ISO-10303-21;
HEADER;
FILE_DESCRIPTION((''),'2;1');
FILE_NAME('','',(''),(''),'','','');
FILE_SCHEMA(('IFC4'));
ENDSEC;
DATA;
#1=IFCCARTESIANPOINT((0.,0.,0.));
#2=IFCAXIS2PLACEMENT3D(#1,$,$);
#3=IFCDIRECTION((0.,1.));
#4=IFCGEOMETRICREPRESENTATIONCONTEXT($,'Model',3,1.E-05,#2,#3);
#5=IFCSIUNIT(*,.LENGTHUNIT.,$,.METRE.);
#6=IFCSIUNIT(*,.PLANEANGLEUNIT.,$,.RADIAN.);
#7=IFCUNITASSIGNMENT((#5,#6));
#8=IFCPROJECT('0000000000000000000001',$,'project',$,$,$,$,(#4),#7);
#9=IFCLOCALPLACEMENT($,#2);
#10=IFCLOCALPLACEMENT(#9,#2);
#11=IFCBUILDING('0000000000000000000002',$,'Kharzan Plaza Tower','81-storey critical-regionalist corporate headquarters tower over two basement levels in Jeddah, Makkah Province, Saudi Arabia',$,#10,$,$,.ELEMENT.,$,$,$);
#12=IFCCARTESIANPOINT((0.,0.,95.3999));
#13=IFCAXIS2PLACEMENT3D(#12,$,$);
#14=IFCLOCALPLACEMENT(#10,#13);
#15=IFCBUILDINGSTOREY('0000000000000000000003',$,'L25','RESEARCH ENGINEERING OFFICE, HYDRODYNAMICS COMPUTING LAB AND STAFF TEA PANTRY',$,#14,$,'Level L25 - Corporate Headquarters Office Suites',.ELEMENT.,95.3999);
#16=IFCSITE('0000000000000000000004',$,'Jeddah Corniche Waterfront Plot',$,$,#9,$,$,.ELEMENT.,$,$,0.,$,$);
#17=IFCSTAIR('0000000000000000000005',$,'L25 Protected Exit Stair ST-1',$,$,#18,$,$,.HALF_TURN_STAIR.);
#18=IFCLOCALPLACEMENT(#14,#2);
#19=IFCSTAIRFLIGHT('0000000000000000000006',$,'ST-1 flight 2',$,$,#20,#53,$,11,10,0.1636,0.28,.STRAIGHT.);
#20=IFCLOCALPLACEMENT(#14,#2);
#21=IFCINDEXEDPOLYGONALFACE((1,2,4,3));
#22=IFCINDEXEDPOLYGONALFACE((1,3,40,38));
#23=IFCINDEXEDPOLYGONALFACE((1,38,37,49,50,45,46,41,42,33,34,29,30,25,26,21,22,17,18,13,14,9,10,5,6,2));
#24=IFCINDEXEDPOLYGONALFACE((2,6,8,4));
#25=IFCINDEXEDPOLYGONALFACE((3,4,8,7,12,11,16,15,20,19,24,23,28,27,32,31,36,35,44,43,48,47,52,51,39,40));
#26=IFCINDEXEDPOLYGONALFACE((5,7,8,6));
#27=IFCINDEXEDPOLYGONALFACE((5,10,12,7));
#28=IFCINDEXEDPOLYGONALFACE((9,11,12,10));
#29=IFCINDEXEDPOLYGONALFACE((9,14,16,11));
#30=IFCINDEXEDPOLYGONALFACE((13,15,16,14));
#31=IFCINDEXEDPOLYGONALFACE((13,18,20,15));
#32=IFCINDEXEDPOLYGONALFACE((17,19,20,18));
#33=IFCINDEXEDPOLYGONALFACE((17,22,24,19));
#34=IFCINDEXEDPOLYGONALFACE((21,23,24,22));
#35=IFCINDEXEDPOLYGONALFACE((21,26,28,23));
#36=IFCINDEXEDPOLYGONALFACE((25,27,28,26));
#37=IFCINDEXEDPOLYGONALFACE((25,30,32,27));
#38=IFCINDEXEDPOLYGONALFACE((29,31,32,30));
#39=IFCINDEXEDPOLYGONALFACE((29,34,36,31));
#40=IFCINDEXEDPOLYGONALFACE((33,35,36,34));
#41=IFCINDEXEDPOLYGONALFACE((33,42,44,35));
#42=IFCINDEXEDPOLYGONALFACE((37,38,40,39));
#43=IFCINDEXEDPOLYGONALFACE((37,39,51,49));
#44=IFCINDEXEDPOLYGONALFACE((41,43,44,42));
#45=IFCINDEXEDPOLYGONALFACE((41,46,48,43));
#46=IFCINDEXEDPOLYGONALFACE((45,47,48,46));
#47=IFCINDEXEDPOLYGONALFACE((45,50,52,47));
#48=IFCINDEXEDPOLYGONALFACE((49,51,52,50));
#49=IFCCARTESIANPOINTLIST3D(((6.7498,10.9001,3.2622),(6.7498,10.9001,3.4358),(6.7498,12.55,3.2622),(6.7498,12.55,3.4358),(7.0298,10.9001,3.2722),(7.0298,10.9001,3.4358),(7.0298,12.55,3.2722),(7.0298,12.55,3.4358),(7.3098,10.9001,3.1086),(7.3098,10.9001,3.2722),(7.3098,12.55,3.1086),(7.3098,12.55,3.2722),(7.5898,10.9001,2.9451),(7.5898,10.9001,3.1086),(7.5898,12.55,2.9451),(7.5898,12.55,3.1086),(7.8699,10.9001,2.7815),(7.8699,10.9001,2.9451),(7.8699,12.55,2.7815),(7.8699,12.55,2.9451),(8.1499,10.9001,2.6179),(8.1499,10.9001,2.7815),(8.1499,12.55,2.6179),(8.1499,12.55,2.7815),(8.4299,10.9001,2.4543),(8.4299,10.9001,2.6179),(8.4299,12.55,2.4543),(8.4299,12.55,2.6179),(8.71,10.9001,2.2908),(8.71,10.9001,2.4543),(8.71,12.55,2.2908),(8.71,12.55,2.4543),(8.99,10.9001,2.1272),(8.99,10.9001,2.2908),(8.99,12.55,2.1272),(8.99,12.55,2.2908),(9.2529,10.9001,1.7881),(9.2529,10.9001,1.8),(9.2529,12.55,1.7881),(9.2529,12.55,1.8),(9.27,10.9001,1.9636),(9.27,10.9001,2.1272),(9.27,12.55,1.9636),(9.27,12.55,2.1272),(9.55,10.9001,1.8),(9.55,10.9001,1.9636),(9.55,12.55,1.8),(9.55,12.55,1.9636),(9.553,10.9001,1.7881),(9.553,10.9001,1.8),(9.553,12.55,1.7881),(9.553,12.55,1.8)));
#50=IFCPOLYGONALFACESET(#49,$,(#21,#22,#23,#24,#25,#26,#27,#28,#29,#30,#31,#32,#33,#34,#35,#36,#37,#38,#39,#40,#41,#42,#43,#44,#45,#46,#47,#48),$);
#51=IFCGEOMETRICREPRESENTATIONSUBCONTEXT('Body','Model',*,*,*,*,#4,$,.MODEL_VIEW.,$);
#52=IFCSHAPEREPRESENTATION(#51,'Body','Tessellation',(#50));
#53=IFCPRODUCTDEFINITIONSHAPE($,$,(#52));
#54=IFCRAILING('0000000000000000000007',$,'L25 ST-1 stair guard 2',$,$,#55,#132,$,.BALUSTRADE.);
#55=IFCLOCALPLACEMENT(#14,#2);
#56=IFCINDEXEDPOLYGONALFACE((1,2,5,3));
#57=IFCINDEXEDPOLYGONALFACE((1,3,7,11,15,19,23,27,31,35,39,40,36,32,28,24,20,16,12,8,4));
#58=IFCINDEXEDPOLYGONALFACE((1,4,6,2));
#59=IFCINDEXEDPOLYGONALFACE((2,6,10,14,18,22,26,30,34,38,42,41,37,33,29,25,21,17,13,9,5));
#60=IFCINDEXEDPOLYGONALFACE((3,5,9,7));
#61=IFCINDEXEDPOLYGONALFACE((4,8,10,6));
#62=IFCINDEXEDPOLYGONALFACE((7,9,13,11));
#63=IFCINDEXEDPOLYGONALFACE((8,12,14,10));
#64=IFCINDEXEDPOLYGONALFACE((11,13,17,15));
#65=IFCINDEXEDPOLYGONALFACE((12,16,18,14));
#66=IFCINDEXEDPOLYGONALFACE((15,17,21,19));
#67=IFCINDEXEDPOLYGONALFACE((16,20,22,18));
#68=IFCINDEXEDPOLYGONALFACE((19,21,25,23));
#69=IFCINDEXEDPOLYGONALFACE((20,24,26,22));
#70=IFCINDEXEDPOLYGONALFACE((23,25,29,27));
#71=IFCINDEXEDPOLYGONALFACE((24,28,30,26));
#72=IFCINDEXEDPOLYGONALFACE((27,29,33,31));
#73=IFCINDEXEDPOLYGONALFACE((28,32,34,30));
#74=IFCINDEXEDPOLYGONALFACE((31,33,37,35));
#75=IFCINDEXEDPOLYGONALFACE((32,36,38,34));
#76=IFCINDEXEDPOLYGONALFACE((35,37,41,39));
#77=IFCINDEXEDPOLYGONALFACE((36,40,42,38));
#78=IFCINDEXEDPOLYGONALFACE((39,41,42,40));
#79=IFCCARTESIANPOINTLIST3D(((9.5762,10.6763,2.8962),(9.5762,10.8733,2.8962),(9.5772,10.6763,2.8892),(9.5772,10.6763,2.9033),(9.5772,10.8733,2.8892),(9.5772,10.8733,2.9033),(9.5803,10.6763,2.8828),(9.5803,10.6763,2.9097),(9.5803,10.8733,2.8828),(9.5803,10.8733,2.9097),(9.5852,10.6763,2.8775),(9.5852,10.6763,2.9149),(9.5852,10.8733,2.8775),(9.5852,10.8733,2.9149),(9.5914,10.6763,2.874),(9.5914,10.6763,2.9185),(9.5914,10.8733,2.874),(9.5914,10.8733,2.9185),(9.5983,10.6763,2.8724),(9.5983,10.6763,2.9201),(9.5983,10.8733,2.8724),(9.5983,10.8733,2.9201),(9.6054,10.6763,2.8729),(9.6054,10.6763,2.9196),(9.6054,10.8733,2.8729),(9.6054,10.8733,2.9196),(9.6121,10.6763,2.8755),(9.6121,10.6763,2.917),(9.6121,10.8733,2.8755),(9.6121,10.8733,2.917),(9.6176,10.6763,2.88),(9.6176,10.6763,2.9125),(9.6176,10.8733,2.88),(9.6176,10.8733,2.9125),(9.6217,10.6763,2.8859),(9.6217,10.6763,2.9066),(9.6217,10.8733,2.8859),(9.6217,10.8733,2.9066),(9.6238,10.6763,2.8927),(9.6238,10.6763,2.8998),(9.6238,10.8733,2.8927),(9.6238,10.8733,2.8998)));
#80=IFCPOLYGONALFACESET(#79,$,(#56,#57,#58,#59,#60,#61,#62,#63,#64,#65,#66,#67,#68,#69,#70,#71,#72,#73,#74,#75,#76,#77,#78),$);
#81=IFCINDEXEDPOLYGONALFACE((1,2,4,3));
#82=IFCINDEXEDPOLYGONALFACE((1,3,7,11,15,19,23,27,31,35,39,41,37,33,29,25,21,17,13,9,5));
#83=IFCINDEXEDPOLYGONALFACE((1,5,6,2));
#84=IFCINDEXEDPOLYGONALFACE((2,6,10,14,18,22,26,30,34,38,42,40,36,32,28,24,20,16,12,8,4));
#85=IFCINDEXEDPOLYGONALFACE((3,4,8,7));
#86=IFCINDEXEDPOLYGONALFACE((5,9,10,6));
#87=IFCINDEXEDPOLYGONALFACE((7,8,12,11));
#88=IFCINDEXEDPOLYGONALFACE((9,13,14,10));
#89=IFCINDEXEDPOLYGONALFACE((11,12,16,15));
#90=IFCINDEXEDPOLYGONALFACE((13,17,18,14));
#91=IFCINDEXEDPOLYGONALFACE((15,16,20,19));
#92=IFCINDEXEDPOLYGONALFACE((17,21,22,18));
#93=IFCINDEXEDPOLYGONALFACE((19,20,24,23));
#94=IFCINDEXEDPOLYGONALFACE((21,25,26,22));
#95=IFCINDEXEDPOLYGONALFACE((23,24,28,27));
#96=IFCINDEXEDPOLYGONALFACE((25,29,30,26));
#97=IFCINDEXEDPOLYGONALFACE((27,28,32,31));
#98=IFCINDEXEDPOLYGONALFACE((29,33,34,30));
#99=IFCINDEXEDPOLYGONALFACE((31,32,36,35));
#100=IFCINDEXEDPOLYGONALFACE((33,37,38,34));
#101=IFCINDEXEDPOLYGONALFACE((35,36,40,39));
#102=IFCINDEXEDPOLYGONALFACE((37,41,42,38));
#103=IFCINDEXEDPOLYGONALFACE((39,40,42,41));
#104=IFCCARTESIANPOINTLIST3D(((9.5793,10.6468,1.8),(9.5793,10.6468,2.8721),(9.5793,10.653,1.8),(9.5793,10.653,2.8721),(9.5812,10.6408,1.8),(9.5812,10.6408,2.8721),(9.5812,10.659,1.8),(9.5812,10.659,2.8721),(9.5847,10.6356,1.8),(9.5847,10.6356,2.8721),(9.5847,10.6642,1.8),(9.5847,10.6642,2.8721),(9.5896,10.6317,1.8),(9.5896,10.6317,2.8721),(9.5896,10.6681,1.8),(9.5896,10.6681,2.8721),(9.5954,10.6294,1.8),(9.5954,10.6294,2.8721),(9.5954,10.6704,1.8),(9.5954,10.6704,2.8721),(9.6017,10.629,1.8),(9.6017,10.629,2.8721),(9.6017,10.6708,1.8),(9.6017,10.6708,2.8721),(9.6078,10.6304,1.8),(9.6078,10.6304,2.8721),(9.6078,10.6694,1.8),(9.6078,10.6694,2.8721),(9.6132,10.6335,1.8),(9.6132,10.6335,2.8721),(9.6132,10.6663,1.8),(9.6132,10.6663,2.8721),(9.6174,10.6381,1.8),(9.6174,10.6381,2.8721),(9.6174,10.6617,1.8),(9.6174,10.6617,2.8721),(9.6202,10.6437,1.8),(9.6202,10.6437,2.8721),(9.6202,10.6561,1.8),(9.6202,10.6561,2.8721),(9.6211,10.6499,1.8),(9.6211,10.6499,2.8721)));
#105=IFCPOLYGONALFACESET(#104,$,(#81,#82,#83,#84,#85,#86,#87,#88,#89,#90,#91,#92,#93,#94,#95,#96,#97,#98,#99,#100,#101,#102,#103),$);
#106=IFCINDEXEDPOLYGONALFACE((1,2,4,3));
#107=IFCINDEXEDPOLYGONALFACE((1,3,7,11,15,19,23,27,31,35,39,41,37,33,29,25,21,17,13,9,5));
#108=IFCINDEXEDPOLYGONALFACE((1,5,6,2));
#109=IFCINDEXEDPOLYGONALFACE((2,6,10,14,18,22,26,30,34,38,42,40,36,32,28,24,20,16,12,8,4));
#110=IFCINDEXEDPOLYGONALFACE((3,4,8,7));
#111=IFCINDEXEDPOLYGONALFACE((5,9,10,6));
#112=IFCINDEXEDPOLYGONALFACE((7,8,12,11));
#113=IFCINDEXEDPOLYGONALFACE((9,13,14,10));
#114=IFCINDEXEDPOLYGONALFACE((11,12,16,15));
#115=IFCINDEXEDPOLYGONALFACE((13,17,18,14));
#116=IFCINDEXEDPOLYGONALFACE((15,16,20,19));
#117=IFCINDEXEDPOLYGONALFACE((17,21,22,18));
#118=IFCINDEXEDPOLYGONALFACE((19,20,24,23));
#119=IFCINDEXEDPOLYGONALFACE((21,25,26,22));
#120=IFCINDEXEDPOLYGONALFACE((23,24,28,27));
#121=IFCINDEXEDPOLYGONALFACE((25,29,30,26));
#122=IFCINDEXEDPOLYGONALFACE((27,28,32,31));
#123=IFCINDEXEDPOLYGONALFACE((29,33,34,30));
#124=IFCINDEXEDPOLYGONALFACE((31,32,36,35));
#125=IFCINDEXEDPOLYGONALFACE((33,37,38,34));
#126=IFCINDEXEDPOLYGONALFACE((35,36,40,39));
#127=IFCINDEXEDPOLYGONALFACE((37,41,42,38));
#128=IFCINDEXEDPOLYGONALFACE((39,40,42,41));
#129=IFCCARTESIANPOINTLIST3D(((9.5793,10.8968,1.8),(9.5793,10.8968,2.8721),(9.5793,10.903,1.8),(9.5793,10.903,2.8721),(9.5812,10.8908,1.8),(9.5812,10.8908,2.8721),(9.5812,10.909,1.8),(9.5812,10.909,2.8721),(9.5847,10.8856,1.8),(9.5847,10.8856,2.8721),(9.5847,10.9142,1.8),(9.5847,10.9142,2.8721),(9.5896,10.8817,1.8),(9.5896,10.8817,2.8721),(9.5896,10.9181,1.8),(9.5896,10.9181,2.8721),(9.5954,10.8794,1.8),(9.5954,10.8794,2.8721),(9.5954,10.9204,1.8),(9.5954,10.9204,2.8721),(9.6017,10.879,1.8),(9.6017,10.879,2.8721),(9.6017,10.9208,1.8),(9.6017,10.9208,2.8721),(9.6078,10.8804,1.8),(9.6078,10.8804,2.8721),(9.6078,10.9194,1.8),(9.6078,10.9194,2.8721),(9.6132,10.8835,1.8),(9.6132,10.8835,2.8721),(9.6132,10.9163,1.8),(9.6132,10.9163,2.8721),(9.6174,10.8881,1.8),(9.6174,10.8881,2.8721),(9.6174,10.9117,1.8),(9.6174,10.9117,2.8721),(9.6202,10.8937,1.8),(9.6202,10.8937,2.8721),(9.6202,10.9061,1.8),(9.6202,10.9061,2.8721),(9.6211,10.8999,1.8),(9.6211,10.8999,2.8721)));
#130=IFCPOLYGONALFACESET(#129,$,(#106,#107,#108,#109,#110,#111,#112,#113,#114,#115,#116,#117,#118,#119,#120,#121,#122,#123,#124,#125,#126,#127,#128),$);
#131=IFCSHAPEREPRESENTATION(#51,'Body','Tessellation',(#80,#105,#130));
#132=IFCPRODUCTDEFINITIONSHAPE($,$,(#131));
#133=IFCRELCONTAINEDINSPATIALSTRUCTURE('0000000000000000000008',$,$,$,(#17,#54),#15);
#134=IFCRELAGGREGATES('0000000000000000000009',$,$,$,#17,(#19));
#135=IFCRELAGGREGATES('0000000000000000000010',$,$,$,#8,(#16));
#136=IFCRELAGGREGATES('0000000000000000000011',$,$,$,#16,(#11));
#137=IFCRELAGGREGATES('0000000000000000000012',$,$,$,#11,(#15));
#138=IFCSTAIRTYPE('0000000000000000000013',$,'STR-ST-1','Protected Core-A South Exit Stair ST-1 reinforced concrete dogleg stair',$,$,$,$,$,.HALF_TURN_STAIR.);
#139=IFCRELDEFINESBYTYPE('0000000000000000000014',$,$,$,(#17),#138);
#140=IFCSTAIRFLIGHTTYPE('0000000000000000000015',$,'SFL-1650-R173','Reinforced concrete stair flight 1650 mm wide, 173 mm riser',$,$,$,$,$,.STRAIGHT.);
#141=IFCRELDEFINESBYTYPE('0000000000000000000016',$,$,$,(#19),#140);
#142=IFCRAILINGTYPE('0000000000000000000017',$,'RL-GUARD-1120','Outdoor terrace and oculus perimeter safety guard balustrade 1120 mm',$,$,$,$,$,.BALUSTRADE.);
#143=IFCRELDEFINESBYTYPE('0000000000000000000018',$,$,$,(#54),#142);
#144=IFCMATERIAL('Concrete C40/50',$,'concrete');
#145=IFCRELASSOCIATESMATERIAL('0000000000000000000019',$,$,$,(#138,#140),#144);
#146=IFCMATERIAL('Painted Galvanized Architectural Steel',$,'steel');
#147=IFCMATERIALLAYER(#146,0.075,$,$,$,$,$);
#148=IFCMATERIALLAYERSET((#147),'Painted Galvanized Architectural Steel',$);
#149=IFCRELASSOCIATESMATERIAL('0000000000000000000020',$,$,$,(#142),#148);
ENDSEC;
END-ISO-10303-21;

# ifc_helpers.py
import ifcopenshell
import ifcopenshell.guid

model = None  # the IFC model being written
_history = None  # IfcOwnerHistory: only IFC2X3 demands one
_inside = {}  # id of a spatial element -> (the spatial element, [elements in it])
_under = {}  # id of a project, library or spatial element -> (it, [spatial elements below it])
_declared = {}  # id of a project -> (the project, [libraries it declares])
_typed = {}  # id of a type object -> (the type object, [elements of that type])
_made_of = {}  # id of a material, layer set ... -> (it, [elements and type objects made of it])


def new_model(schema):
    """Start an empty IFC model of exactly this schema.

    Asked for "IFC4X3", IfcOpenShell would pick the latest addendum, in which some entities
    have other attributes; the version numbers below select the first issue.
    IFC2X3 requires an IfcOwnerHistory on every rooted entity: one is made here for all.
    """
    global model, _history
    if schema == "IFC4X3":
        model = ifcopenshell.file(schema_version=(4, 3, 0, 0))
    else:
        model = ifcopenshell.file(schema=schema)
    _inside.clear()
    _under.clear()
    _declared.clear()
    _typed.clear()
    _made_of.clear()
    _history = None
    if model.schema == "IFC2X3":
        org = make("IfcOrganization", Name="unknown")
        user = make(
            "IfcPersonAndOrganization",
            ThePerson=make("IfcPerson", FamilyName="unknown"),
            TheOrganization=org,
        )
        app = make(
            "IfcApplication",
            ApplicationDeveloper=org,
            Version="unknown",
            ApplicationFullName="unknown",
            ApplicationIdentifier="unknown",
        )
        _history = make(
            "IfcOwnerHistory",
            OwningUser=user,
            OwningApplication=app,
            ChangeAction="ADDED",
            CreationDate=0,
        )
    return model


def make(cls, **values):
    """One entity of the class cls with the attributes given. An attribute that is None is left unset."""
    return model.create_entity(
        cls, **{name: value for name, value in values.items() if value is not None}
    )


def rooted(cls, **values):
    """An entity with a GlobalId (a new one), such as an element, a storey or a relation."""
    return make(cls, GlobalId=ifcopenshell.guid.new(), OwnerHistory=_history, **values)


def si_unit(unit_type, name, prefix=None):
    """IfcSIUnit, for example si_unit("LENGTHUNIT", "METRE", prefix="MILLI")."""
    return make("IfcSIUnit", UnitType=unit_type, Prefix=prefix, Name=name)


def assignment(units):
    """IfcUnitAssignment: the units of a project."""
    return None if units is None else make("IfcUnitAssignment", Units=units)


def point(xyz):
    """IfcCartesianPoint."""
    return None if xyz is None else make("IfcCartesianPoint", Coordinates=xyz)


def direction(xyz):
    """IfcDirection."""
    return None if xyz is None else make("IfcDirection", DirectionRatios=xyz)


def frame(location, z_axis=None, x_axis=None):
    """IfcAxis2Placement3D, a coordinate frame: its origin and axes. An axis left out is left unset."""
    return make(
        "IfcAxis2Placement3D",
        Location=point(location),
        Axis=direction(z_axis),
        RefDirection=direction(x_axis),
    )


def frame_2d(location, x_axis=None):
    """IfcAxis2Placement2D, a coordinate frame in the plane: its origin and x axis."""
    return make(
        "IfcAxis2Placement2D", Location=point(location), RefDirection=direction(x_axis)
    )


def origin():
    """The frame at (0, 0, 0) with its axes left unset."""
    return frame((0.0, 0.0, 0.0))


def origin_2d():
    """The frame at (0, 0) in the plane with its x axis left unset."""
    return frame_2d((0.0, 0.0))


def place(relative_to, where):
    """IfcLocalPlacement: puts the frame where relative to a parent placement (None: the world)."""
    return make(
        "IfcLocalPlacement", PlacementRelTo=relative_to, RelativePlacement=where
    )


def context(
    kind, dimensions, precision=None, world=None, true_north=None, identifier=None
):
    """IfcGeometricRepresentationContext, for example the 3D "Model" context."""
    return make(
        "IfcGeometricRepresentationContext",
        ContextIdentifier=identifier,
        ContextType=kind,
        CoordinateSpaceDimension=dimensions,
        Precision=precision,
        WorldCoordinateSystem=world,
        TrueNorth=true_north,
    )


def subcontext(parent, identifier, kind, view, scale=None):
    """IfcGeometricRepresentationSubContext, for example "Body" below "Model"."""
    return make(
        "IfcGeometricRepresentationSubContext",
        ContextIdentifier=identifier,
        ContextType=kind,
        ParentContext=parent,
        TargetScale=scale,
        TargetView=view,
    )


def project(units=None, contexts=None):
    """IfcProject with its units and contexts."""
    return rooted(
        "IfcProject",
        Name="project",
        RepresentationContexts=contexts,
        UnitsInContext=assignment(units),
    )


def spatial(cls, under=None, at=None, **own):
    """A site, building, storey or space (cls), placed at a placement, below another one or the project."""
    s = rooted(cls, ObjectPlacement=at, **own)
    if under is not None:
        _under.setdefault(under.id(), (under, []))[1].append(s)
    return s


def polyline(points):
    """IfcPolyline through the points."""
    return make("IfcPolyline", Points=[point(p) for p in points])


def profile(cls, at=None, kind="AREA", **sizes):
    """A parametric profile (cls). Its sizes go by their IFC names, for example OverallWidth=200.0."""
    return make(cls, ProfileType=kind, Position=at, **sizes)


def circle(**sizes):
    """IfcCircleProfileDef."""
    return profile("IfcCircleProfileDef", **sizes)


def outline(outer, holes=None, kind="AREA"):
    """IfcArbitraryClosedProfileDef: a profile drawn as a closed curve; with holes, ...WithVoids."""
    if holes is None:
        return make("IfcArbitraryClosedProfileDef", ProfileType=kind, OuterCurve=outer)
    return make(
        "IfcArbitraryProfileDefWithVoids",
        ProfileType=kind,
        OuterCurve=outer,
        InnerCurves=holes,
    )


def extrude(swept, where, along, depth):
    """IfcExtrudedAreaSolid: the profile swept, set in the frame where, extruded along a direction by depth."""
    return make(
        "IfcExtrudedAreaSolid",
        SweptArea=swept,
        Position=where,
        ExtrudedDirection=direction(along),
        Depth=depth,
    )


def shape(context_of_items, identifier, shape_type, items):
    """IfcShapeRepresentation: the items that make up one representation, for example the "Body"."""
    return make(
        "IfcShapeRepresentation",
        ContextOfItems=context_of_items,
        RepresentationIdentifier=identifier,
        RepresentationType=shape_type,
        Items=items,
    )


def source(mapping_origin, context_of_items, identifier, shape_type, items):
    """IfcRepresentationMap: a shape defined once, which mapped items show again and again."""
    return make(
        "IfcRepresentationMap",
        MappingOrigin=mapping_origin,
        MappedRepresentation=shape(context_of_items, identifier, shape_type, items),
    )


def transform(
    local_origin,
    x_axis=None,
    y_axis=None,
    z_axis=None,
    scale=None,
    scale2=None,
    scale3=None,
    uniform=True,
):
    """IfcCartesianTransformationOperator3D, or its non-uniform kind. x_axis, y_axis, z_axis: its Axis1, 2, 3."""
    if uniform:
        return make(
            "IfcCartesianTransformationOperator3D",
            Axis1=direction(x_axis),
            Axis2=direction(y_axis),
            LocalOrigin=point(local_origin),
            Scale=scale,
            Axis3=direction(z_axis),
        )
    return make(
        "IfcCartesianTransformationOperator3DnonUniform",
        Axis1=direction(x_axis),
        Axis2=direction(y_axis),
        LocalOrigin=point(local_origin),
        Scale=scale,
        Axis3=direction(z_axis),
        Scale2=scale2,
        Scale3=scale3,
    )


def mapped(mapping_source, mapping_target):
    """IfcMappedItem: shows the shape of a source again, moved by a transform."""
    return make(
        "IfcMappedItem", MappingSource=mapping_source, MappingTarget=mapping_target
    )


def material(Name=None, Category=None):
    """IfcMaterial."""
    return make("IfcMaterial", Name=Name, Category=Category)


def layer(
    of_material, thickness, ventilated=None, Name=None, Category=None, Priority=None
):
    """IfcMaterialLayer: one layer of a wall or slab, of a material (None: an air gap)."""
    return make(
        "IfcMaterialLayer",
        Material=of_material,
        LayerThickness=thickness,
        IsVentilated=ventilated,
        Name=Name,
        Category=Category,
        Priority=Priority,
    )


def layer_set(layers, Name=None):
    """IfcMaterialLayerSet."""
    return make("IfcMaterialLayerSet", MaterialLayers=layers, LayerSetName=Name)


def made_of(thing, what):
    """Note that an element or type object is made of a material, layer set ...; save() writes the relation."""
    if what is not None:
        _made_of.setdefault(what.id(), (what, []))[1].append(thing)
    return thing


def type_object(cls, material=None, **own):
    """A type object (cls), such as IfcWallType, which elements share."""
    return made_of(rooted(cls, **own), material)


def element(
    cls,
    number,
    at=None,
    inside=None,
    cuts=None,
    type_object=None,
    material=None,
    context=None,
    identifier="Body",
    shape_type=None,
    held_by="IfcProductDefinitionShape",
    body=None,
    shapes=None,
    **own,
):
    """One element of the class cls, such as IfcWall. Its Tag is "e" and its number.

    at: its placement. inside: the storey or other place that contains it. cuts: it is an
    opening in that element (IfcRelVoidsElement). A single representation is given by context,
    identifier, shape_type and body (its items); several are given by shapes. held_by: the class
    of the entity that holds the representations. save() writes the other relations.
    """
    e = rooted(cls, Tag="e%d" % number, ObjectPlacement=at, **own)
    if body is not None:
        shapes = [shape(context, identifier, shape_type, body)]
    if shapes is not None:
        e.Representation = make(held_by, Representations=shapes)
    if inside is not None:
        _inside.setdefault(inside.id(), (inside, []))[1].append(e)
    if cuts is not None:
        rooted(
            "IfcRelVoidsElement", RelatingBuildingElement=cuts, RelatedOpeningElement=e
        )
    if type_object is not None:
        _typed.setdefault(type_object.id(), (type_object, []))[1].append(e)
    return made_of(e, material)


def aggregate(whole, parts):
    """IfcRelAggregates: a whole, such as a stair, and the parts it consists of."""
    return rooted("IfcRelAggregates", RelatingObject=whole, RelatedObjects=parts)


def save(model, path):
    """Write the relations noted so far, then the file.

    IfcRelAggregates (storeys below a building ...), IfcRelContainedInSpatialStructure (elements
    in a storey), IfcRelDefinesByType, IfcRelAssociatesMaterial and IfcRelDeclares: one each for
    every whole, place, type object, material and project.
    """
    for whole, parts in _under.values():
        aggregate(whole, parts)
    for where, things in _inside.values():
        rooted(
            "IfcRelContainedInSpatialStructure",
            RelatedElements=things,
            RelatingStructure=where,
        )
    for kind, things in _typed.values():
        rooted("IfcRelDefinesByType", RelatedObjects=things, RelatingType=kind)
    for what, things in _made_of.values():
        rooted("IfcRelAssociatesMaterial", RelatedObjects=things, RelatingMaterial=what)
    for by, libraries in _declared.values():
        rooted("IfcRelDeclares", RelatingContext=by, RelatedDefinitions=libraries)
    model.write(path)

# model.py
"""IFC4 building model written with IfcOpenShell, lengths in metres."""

from ifc_helpers import new_model, si_unit, direction, frame, origin, origin_2d, place, context, subcontext, project, spatial, polyline, circle, outline, extrude, source, transform, mapped, material, layer, layer_set, type_object, element, aggregate, save


model = new_model("IFC4")

# Units and contexts
model_context = context("Model", 3, precision=1e-05, world=origin(), true_north=direction((0.0, 1.0)))
body_context = subcontext(model_context, "Body", "Model", "MODEL_VIEW")
ifc_project = project(units=[si_unit("LENGTHUNIT", "METRE"), si_unit("PLANEANGLEUNIT", "RADIAN")], contexts=[model_context])

# Site, building, storey
site_placement = place(None, origin())
site = spatial("IfcSite", under=ifc_project, at=site_placement, Name="Jeddah Corniche Waterfront Plot", CompositionType="ELEMENT", RefElevation=0.0)
building_placement = place(site_placement, origin())
building = spatial("IfcBuilding", under=site, at=building_placement, Name="Kharzan Plaza Tower", Description="81-storey critical-regionalist corporate headquarters tower over two basement levels in Jeddah, Makkah Province, Saudi Arabia", CompositionType="ELEMENT")
storey_placement = place(building_placement, frame((0.0, 0.0, 95.3999)))
storey = spatial("IfcBuildingStorey", under=building, at=storey_placement, Name="L25", Description="RESEARCH ENGINEERING OFFICE, HYDRODYNAMICS COMPUTING LAB AND STAFF TEA PANTRY", LongName="Level L25 - Corporate Headquarters Office Suites", CompositionType="ELEMENT", Elevation=95.3999)

# Shared definitions
ifc_material_1 = material(Name="Concrete C40/50", Category="concrete")

# Stair, stair flight
stair_type = type_object("IfcStairType", Name="STR-ST-1", Description="Protected Core-A South Exit Stair ST-1 reinforced concrete dogleg stair", PredefinedType="HALF_TURN_STAIR", material=ifc_material_1)
stair_placement = place(storey_placement, origin())
stair = element("IfcStair", 1, at=stair_placement, inside=storey, type_object=stair_type, Name="L25 Protected Exit Stair ST-1", PredefinedType="HALF_TURN_STAIR")
stair_flight_type = type_object("IfcStairFlightType", Name="SFL-1650-R173", Description="Reinforced concrete stair flight 1650 mm wide, 173 mm riser", PredefinedType="STRAIGHT", material=ifc_material_1)
shared_shape_1 = source(origin(), body_context, "Body", "SweptSolid", [
    extrude(outline(polyline([(-0.0029, -0.012), (-0.0029, 0.0), (0.0, 0.0), (0.0, 0.1636), (0.28, 0.1636), (0.28, 0.3271), (0.5601, 0.3271), (0.5601, 0.4907), (0.8401, 0.4907), (0.8401, 0.6543), (1.1201, 0.6543), (1.1201, 0.8179), (1.4001, 0.8179), (1.4001, 0.9814), (1.6802, 0.9814), (1.6802, 1.145), (1.9602, 1.145), (1.9602, 1.3086), (2.2402, 1.3086), (2.2402, 1.4722), (2.5203, 1.4722), (2.5203, 1.6357), (2.8003, 1.6357), (2.8003, 1.7993), (2.8003, 1.4622), (0.2971, 0.0), (0.2971, -0.012), (-0.0029, -0.012)])), frame((0.0, 0.825, 0.0), z_axis=(0.0, -1.0, 0.0), x_axis=(1.0, 0.0, 0.0)), (0.0, 0.0, 1.0), 1.6499),
])
stair_flight_placement = place(storey_placement, frame((9.55, 11.7251, 1.8), z_axis=(0.0, 0.0, 1.0), x_axis=(-1.0, 0.0, 0.0)))
stair_flight = element("IfcStairFlight", 2, at=stair_flight_placement, type_object=stair_flight_type, Name="ST-1 flight 2", NumberOfRisers=11, NumberOfTreads=10, PredefinedType="STRAIGHT", RiserHeight=0.1636, TreadLength=0.28, context=body_context, shape_type="MappedRepresentation", body=[
    mapped(shared_shape_1, transform((0.0, 0.0, 0.0), x_axis=(1.0, 0.0, 0.0), y_axis=(0.0, 1.0, 0.0), z_axis=(0.0, 0.0, 1.0))),
])
aggregate(stair, [stair_flight])

# Railing
ifc_material_2 = material(Name="Painted Galvanized Architectural Steel", Category="steel")
ifc_layer_1 = layer(ifc_material_2, 0.075)
ifc_layer_set_1 = layer_set([ifc_layer_1], Name="Painted Galvanized Architectural Steel")
railing_type_1 = type_object("IfcRailingType", Name="RL-GUARD-1120", Description="Outdoor terrace and oculus perimeter safety guard balustrade 1120 mm", PredefinedType="BALUSTRADE", material=ifc_layer_set_1)
shared_shape_2 = source(origin(), body_context, "Body", "SweptSolid", [
    extrude(circle(Radius=0.0239, at=origin_2d()), frame((0.0, 0.0264, 1.0962), z_axis=(0.0, 1.0, 0.0), x_axis=(-1.0, 0.0, 0.0)), (0.0, 0.0, 1.0), 0.197),
    extrude(circle(Radius=0.021, at=origin_2d()), origin(), (0.0, 0.0, 1.0), 1.072),
    extrude(circle(Radius=0.021, at=origin_2d()), frame((0.0, 0.25, 0.0)), (0.0, 0.0, 1.0), 1.072),
])
railing_1_placement = place(storey_placement, frame((9.6001, 10.6499, 1.8)))
element("IfcRailing", 3, at=railing_1_placement, inside=storey, type_object=railing_type_1, Name="L25 ST-1 stair guard 2", PredefinedType="BALUSTRADE", context=body_context, shape_type="MappedRepresentation", body=[
    mapped(shared_shape_2, transform((0.0, 0.0, 0.0), x_axis=(1.0, 0.0, 0.0), y_axis=(0.0, 1.0, 0.0), z_axis=(0.0, 0.0, 1.0))),
])

save(model, "model.ifc")
